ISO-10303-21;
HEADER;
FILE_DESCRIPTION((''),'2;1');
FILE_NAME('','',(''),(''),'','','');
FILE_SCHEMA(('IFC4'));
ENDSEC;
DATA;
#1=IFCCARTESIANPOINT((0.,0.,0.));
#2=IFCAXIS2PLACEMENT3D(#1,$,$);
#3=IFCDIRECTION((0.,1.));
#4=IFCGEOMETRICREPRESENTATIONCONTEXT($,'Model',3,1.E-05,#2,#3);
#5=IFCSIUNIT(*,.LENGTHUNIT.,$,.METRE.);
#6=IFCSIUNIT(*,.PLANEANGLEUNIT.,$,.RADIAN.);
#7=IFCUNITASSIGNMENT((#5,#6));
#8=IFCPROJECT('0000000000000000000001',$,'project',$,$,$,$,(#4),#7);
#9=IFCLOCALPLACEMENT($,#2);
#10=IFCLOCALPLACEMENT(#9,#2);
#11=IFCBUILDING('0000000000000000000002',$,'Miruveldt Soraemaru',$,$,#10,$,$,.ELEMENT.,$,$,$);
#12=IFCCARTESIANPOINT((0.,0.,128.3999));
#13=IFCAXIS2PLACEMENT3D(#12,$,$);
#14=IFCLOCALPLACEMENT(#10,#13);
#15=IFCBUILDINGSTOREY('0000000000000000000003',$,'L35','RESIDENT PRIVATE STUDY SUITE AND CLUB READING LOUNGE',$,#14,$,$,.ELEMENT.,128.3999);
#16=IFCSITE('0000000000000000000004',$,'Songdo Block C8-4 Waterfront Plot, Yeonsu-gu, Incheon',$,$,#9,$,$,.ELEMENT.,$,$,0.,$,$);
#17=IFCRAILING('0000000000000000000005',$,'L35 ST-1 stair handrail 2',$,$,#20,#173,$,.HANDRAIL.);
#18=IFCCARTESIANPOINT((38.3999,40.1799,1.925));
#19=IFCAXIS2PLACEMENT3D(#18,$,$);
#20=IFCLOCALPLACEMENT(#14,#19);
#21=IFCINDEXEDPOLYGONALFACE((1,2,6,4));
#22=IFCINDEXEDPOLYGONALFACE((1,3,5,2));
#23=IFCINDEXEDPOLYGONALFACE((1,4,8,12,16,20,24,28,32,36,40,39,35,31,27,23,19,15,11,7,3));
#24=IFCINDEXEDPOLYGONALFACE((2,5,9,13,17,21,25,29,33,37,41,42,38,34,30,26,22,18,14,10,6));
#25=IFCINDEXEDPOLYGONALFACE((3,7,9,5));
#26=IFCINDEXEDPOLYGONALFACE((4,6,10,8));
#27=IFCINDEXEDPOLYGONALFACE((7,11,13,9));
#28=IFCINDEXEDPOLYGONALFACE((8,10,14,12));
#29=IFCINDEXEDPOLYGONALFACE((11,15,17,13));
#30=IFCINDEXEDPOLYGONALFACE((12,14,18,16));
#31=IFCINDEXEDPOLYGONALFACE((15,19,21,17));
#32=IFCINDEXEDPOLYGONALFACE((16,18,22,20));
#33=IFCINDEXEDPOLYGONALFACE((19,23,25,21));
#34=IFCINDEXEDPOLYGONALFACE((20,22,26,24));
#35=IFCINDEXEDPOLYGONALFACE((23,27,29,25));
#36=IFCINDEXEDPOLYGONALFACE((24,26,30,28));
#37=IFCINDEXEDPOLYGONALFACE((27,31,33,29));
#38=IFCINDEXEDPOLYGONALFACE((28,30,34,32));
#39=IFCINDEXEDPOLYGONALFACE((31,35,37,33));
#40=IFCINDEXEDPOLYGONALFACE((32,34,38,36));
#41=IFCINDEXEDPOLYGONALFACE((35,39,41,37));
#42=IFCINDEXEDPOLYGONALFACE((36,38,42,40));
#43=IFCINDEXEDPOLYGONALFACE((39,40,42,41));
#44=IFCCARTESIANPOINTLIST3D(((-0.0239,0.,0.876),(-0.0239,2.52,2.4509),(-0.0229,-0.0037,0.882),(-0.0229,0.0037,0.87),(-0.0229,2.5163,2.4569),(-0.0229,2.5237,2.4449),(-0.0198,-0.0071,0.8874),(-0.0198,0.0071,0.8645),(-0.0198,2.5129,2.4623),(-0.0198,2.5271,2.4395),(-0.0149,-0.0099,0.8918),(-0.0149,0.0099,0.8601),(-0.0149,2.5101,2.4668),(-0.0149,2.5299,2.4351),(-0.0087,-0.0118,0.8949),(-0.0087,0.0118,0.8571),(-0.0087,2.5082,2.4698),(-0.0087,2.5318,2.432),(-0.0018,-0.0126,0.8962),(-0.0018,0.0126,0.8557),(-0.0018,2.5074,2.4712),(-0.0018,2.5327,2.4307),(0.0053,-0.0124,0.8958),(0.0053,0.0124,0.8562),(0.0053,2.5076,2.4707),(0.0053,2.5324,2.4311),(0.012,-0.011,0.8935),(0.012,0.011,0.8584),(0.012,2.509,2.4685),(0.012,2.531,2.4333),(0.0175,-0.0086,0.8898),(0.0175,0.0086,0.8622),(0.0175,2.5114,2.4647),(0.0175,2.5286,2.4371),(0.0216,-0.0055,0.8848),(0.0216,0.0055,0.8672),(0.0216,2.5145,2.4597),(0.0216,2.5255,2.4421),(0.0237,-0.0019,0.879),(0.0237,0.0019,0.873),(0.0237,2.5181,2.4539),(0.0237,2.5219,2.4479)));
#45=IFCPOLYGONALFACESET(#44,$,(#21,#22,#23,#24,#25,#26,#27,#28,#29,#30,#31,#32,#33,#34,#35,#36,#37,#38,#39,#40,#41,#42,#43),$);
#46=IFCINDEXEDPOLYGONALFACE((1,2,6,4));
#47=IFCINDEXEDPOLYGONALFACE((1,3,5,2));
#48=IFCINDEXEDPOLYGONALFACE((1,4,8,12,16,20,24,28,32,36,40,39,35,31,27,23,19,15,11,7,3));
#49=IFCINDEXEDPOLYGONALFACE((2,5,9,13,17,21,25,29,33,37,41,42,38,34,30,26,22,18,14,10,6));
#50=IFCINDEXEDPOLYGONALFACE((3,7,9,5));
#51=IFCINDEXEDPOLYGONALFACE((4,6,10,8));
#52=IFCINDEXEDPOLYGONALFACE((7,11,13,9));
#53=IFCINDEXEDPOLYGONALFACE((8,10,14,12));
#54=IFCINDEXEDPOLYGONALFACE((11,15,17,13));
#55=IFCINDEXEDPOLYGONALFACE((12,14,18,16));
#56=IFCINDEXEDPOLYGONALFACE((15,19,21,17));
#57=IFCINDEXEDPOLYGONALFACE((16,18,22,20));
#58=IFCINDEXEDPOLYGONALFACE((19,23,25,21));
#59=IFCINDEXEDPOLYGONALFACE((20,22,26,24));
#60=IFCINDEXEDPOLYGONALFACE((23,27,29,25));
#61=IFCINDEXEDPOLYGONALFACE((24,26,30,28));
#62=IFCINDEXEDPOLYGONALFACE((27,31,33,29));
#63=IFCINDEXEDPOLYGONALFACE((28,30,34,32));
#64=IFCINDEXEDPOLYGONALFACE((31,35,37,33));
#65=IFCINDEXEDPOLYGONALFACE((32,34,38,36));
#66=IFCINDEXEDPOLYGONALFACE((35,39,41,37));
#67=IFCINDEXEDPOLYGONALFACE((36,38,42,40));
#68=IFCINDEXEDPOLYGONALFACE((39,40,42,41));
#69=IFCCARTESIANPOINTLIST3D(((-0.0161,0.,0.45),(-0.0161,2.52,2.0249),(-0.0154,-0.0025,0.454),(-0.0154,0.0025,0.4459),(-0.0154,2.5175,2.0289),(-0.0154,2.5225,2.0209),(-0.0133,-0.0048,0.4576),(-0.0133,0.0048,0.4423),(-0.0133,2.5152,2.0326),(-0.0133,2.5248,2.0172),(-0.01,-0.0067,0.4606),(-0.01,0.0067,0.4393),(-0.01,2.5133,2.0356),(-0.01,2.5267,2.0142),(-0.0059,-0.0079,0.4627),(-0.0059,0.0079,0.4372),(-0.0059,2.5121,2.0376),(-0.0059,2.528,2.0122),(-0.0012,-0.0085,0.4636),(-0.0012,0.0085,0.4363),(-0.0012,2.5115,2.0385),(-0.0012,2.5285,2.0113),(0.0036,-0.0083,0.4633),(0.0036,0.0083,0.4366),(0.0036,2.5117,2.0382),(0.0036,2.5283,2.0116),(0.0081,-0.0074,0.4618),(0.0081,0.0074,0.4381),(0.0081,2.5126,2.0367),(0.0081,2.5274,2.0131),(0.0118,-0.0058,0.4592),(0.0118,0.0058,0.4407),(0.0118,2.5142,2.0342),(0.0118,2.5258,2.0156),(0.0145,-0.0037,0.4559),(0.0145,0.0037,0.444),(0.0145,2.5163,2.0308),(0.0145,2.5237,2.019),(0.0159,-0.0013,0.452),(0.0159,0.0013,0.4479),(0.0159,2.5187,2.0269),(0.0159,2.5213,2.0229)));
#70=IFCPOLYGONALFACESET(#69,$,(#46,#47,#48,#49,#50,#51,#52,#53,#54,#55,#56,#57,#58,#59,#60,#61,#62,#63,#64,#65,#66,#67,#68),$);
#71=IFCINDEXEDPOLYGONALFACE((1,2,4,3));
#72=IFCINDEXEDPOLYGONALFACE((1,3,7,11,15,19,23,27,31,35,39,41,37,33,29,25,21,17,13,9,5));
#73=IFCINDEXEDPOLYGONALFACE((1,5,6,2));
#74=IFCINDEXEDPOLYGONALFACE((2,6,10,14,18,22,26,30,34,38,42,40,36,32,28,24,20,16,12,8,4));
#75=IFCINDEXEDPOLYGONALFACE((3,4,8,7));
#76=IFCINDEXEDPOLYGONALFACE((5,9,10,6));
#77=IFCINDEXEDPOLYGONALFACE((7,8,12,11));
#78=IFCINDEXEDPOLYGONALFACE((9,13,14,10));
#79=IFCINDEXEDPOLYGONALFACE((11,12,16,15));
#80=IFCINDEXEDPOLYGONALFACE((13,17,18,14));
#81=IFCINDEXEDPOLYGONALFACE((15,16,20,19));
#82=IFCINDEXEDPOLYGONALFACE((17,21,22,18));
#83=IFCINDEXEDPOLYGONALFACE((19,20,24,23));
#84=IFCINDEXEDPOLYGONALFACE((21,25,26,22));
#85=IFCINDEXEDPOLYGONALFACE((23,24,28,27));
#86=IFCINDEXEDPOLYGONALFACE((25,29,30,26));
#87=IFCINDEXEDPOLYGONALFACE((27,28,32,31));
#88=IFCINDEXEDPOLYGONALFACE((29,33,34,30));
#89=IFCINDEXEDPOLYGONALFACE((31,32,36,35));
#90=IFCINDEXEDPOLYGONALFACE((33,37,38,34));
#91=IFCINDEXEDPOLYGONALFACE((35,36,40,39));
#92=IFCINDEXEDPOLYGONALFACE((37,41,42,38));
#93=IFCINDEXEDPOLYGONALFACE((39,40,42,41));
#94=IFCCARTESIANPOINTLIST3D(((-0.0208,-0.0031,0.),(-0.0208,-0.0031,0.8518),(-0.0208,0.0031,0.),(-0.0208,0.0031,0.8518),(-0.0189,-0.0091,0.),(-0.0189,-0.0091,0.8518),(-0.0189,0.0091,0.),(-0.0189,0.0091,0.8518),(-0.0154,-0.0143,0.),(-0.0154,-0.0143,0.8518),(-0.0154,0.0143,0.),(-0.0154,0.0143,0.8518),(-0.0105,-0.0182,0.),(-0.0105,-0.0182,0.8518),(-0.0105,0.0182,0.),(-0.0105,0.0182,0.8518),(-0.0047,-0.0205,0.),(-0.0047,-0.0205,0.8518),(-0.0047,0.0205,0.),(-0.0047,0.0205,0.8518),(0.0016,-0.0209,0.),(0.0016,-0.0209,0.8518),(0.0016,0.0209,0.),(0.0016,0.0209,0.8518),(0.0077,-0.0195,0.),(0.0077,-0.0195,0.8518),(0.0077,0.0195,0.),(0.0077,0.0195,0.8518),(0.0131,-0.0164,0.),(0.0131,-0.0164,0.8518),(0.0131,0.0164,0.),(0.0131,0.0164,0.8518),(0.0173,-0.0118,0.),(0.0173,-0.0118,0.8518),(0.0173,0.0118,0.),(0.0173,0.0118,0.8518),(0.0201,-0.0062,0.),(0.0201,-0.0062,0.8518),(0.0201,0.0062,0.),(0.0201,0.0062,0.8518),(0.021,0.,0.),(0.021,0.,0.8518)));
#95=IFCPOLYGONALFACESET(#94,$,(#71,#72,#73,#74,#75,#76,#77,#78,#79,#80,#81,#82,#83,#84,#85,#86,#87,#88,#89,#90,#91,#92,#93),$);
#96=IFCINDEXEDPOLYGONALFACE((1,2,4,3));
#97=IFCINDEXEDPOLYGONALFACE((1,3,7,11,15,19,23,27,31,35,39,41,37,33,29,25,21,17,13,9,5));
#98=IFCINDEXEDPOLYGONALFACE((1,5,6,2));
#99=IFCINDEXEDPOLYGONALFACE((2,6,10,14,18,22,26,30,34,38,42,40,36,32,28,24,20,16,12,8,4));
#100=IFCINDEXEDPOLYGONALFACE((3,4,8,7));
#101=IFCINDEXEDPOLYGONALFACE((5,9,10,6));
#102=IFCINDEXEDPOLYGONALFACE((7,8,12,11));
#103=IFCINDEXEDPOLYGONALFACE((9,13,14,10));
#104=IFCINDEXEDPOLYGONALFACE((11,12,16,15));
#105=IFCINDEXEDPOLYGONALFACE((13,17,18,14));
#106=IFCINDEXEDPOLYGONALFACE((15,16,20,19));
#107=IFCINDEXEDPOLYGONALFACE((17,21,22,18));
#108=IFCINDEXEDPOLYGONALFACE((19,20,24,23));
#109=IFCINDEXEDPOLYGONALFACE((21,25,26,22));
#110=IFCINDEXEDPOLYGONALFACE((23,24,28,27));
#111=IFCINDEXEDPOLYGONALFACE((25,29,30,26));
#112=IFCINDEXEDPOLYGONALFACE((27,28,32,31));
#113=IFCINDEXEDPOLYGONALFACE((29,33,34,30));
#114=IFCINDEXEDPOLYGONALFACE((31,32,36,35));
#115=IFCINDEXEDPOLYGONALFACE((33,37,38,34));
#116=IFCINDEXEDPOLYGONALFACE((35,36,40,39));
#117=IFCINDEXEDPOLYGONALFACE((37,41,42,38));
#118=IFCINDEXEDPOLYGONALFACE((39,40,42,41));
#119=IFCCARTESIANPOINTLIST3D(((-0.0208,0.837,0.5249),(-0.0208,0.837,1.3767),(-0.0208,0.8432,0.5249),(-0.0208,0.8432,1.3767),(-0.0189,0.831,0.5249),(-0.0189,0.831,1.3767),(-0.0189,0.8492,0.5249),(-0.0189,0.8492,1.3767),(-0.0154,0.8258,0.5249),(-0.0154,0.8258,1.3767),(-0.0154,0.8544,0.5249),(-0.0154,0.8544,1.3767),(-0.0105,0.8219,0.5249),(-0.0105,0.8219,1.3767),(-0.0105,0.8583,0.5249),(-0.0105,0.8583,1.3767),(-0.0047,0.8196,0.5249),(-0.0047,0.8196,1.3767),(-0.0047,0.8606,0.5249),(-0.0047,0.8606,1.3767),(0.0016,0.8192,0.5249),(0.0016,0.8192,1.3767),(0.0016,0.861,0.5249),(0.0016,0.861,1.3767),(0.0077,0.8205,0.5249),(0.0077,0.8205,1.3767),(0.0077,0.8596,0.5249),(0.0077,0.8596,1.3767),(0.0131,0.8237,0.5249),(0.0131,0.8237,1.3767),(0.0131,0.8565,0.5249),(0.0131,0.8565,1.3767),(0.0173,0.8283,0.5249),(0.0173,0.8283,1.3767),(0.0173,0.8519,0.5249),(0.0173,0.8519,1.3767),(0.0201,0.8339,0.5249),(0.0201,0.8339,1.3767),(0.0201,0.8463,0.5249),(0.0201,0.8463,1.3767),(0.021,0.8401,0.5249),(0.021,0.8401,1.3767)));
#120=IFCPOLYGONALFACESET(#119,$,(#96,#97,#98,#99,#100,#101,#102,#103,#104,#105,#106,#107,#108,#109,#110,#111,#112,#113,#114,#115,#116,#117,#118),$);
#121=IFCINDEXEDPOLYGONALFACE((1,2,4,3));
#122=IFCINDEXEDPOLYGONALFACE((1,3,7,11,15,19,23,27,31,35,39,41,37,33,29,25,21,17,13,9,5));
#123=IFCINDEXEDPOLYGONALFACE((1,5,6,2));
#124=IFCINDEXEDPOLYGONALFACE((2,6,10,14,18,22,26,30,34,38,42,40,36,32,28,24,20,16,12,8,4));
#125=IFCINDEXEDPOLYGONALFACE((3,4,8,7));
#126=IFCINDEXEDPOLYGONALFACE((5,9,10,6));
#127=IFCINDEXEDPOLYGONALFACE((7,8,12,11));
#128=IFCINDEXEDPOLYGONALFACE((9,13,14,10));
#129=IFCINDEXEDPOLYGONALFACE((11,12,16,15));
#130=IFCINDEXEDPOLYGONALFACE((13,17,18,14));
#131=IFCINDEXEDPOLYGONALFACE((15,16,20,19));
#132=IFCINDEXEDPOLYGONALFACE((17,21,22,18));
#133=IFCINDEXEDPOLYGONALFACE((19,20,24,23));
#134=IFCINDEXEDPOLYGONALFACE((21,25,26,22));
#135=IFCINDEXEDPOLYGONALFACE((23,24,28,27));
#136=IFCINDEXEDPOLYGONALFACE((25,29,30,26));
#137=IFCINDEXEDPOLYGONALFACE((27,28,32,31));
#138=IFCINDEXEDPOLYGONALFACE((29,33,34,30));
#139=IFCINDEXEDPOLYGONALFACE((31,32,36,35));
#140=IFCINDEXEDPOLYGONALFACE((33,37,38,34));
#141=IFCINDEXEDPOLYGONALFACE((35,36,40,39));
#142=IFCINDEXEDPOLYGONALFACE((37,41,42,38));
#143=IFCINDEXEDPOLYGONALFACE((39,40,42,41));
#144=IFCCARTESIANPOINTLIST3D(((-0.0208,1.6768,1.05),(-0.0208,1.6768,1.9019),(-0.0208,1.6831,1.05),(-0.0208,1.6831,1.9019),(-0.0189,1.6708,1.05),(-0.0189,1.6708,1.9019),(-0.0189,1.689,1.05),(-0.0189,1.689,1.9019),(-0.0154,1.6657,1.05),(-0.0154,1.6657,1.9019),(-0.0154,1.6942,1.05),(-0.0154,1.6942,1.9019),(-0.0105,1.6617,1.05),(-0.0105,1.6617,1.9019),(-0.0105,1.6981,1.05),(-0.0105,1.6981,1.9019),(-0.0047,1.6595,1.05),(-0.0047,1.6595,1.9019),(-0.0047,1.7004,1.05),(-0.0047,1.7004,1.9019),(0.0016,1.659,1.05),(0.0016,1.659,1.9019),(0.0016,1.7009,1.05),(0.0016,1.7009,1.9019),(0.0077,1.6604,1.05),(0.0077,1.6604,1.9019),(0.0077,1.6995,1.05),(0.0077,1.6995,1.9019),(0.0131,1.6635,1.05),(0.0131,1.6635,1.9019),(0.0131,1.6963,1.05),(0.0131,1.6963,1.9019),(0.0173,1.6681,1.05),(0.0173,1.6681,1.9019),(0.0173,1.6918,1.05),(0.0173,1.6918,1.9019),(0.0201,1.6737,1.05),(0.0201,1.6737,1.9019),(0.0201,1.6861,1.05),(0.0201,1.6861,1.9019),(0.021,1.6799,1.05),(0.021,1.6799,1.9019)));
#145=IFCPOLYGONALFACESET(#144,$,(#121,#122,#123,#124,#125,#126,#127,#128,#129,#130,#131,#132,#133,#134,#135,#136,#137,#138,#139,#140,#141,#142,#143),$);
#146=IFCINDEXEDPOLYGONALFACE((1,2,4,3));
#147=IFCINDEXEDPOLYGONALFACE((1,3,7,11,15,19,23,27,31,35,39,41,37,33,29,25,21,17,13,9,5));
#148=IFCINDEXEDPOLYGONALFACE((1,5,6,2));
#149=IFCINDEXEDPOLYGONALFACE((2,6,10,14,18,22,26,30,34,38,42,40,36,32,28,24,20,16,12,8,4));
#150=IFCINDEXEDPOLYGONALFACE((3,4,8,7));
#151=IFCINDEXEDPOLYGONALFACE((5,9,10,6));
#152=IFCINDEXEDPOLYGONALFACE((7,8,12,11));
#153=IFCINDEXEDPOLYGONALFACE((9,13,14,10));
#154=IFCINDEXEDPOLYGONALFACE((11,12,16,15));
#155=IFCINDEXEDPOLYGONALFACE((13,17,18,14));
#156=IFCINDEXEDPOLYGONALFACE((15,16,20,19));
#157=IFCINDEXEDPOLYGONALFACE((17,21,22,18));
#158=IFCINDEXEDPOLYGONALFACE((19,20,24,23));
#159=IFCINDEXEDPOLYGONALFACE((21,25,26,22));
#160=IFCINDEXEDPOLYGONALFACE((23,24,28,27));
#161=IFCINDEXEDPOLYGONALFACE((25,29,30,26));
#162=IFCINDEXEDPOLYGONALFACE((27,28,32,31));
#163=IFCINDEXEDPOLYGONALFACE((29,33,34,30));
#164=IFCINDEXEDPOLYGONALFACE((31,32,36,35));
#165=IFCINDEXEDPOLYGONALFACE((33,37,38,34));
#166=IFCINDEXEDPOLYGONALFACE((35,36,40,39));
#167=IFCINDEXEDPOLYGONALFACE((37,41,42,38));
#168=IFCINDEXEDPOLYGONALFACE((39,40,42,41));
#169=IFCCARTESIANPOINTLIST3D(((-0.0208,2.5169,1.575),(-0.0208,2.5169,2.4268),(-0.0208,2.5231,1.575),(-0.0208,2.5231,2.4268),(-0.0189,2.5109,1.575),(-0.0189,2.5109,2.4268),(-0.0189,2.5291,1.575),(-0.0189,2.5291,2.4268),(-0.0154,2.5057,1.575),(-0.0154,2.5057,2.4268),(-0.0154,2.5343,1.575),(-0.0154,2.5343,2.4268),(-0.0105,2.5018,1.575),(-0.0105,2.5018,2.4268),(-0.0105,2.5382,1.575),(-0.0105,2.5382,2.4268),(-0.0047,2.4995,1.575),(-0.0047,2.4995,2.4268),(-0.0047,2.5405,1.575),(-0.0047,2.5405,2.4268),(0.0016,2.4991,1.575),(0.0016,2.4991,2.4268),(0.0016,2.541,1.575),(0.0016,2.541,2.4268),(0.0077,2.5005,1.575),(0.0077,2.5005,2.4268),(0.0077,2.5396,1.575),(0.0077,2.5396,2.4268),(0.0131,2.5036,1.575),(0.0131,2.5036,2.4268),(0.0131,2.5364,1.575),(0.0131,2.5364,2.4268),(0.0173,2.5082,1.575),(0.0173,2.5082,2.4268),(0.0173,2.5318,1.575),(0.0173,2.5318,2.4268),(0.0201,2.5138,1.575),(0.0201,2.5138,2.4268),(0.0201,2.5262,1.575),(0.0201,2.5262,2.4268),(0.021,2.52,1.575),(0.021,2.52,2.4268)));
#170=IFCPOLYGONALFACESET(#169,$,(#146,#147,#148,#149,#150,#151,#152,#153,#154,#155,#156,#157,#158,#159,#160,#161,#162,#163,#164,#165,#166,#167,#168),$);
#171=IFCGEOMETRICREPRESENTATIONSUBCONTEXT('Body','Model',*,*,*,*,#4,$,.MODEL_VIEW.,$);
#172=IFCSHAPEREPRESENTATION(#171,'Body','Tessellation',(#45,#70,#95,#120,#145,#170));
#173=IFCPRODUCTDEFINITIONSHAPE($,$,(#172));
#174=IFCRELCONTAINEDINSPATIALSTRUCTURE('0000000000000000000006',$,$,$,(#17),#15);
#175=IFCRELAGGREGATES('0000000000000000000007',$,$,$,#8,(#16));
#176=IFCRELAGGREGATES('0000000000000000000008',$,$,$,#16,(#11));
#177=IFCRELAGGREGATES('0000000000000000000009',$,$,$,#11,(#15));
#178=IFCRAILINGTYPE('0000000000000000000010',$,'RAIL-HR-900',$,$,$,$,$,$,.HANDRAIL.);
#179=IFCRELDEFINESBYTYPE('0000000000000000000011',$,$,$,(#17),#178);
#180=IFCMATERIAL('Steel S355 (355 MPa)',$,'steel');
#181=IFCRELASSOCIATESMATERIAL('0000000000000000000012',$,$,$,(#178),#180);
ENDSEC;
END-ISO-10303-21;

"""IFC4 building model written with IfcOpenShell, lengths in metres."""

from ifc_helpers import new_model, si_unit, direction, frame, origin, origin_2d, place, context, subcontext, project, spatial, circle, extrude, material, type_object, element, save


model = new_model("IFC4")

# Units and contexts
model_context = context("Model", 3, precision=1e-05, world=origin(), true_north=direction((0.0, 1.0)))
body_context = subcontext(model_context, "Body", "Model", "MODEL_VIEW")
ifc_project = project(units=[si_unit("LENGTHUNIT", "METRE"), si_unit("PLANEANGLEUNIT", "RADIAN")], contexts=[model_context])

# Site, building, storey
site_placement = place(None, origin())
site = spatial("IfcSite", under=ifc_project, at=site_placement, Name="Songdo Block C8-4 Waterfront Plot, Yeonsu-gu, Incheon", CompositionType="ELEMENT", RefElevation=0.0)
building_placement = place(site_placement, origin())
building = spatial("IfcBuilding", under=site, at=building_placement, Name="Miruveldt Soraemaru", CompositionType="ELEMENT")
storey_placement = place(building_placement, frame((0.0, 0.0, 128.3999)))
storey = spatial("IfcBuildingStorey", under=building, at=storey_placement, Name="L35", Description="RESIDENT PRIVATE STUDY SUITE AND CLUB READING LOUNGE", CompositionType="ELEMENT", Elevation=128.3999)

# Railing
ifc_material_1 = material(Name="Steel S355 (355 MPa)", Category="steel")
railing_type_1 = type_object("IfcRailingType", Name="RAIL-HR-900", PredefinedType="HANDRAIL", material=ifc_material_1)
railing_1_placement = place(storey_placement, frame((38.3999, 40.1799, 1.925)))
element("IfcRailing", 1, at=railing_1_placement, inside=storey, type_object=railing_type_1, Name="L35 ST-1 stair handrail 2", PredefinedType="HANDRAIL", context=body_context, shape_type="SweptSolid", body=[
    extrude(circle(Radius=0.0239, at=origin_2d()), frame((0.0, 0.0, 0.876), z_axis=(0.0, 0.848008, 0.529984), x_axis=(-1.0, 0.0, 0.0)), (0.0, 0.0, 1.0), 2.9717),
    extrude(circle(Radius=0.0161, at=origin_2d()), frame((0.0, 0.0, 0.45), z_axis=(0.0, 0.848008, 0.529984), x_axis=(-1.0, 0.0, 0.0)), (0.0, 0.0, 1.0), 2.9717),
    extrude(circle(Radius=0.021, at=origin_2d()), origin(), (0.0, 0.0, 1.0), 0.8518),
    extrude(circle(Radius=0.021, at=origin_2d()), frame((0.0, 0.8401, 0.5249)), (0.0, 0.0, 1.0), 0.8518),
    extrude(circle(Radius=0.021, at=origin_2d()), frame((0.0, 1.6799, 1.05)), (0.0, 0.0, 1.0), 0.8518),
    extrude(circle(Radius=0.021, at=origin_2d()), frame((0.0, 2.52, 1.575)), (0.0, 0.0, 1.0), 0.8518),
])

save(model, "model.ifc")
